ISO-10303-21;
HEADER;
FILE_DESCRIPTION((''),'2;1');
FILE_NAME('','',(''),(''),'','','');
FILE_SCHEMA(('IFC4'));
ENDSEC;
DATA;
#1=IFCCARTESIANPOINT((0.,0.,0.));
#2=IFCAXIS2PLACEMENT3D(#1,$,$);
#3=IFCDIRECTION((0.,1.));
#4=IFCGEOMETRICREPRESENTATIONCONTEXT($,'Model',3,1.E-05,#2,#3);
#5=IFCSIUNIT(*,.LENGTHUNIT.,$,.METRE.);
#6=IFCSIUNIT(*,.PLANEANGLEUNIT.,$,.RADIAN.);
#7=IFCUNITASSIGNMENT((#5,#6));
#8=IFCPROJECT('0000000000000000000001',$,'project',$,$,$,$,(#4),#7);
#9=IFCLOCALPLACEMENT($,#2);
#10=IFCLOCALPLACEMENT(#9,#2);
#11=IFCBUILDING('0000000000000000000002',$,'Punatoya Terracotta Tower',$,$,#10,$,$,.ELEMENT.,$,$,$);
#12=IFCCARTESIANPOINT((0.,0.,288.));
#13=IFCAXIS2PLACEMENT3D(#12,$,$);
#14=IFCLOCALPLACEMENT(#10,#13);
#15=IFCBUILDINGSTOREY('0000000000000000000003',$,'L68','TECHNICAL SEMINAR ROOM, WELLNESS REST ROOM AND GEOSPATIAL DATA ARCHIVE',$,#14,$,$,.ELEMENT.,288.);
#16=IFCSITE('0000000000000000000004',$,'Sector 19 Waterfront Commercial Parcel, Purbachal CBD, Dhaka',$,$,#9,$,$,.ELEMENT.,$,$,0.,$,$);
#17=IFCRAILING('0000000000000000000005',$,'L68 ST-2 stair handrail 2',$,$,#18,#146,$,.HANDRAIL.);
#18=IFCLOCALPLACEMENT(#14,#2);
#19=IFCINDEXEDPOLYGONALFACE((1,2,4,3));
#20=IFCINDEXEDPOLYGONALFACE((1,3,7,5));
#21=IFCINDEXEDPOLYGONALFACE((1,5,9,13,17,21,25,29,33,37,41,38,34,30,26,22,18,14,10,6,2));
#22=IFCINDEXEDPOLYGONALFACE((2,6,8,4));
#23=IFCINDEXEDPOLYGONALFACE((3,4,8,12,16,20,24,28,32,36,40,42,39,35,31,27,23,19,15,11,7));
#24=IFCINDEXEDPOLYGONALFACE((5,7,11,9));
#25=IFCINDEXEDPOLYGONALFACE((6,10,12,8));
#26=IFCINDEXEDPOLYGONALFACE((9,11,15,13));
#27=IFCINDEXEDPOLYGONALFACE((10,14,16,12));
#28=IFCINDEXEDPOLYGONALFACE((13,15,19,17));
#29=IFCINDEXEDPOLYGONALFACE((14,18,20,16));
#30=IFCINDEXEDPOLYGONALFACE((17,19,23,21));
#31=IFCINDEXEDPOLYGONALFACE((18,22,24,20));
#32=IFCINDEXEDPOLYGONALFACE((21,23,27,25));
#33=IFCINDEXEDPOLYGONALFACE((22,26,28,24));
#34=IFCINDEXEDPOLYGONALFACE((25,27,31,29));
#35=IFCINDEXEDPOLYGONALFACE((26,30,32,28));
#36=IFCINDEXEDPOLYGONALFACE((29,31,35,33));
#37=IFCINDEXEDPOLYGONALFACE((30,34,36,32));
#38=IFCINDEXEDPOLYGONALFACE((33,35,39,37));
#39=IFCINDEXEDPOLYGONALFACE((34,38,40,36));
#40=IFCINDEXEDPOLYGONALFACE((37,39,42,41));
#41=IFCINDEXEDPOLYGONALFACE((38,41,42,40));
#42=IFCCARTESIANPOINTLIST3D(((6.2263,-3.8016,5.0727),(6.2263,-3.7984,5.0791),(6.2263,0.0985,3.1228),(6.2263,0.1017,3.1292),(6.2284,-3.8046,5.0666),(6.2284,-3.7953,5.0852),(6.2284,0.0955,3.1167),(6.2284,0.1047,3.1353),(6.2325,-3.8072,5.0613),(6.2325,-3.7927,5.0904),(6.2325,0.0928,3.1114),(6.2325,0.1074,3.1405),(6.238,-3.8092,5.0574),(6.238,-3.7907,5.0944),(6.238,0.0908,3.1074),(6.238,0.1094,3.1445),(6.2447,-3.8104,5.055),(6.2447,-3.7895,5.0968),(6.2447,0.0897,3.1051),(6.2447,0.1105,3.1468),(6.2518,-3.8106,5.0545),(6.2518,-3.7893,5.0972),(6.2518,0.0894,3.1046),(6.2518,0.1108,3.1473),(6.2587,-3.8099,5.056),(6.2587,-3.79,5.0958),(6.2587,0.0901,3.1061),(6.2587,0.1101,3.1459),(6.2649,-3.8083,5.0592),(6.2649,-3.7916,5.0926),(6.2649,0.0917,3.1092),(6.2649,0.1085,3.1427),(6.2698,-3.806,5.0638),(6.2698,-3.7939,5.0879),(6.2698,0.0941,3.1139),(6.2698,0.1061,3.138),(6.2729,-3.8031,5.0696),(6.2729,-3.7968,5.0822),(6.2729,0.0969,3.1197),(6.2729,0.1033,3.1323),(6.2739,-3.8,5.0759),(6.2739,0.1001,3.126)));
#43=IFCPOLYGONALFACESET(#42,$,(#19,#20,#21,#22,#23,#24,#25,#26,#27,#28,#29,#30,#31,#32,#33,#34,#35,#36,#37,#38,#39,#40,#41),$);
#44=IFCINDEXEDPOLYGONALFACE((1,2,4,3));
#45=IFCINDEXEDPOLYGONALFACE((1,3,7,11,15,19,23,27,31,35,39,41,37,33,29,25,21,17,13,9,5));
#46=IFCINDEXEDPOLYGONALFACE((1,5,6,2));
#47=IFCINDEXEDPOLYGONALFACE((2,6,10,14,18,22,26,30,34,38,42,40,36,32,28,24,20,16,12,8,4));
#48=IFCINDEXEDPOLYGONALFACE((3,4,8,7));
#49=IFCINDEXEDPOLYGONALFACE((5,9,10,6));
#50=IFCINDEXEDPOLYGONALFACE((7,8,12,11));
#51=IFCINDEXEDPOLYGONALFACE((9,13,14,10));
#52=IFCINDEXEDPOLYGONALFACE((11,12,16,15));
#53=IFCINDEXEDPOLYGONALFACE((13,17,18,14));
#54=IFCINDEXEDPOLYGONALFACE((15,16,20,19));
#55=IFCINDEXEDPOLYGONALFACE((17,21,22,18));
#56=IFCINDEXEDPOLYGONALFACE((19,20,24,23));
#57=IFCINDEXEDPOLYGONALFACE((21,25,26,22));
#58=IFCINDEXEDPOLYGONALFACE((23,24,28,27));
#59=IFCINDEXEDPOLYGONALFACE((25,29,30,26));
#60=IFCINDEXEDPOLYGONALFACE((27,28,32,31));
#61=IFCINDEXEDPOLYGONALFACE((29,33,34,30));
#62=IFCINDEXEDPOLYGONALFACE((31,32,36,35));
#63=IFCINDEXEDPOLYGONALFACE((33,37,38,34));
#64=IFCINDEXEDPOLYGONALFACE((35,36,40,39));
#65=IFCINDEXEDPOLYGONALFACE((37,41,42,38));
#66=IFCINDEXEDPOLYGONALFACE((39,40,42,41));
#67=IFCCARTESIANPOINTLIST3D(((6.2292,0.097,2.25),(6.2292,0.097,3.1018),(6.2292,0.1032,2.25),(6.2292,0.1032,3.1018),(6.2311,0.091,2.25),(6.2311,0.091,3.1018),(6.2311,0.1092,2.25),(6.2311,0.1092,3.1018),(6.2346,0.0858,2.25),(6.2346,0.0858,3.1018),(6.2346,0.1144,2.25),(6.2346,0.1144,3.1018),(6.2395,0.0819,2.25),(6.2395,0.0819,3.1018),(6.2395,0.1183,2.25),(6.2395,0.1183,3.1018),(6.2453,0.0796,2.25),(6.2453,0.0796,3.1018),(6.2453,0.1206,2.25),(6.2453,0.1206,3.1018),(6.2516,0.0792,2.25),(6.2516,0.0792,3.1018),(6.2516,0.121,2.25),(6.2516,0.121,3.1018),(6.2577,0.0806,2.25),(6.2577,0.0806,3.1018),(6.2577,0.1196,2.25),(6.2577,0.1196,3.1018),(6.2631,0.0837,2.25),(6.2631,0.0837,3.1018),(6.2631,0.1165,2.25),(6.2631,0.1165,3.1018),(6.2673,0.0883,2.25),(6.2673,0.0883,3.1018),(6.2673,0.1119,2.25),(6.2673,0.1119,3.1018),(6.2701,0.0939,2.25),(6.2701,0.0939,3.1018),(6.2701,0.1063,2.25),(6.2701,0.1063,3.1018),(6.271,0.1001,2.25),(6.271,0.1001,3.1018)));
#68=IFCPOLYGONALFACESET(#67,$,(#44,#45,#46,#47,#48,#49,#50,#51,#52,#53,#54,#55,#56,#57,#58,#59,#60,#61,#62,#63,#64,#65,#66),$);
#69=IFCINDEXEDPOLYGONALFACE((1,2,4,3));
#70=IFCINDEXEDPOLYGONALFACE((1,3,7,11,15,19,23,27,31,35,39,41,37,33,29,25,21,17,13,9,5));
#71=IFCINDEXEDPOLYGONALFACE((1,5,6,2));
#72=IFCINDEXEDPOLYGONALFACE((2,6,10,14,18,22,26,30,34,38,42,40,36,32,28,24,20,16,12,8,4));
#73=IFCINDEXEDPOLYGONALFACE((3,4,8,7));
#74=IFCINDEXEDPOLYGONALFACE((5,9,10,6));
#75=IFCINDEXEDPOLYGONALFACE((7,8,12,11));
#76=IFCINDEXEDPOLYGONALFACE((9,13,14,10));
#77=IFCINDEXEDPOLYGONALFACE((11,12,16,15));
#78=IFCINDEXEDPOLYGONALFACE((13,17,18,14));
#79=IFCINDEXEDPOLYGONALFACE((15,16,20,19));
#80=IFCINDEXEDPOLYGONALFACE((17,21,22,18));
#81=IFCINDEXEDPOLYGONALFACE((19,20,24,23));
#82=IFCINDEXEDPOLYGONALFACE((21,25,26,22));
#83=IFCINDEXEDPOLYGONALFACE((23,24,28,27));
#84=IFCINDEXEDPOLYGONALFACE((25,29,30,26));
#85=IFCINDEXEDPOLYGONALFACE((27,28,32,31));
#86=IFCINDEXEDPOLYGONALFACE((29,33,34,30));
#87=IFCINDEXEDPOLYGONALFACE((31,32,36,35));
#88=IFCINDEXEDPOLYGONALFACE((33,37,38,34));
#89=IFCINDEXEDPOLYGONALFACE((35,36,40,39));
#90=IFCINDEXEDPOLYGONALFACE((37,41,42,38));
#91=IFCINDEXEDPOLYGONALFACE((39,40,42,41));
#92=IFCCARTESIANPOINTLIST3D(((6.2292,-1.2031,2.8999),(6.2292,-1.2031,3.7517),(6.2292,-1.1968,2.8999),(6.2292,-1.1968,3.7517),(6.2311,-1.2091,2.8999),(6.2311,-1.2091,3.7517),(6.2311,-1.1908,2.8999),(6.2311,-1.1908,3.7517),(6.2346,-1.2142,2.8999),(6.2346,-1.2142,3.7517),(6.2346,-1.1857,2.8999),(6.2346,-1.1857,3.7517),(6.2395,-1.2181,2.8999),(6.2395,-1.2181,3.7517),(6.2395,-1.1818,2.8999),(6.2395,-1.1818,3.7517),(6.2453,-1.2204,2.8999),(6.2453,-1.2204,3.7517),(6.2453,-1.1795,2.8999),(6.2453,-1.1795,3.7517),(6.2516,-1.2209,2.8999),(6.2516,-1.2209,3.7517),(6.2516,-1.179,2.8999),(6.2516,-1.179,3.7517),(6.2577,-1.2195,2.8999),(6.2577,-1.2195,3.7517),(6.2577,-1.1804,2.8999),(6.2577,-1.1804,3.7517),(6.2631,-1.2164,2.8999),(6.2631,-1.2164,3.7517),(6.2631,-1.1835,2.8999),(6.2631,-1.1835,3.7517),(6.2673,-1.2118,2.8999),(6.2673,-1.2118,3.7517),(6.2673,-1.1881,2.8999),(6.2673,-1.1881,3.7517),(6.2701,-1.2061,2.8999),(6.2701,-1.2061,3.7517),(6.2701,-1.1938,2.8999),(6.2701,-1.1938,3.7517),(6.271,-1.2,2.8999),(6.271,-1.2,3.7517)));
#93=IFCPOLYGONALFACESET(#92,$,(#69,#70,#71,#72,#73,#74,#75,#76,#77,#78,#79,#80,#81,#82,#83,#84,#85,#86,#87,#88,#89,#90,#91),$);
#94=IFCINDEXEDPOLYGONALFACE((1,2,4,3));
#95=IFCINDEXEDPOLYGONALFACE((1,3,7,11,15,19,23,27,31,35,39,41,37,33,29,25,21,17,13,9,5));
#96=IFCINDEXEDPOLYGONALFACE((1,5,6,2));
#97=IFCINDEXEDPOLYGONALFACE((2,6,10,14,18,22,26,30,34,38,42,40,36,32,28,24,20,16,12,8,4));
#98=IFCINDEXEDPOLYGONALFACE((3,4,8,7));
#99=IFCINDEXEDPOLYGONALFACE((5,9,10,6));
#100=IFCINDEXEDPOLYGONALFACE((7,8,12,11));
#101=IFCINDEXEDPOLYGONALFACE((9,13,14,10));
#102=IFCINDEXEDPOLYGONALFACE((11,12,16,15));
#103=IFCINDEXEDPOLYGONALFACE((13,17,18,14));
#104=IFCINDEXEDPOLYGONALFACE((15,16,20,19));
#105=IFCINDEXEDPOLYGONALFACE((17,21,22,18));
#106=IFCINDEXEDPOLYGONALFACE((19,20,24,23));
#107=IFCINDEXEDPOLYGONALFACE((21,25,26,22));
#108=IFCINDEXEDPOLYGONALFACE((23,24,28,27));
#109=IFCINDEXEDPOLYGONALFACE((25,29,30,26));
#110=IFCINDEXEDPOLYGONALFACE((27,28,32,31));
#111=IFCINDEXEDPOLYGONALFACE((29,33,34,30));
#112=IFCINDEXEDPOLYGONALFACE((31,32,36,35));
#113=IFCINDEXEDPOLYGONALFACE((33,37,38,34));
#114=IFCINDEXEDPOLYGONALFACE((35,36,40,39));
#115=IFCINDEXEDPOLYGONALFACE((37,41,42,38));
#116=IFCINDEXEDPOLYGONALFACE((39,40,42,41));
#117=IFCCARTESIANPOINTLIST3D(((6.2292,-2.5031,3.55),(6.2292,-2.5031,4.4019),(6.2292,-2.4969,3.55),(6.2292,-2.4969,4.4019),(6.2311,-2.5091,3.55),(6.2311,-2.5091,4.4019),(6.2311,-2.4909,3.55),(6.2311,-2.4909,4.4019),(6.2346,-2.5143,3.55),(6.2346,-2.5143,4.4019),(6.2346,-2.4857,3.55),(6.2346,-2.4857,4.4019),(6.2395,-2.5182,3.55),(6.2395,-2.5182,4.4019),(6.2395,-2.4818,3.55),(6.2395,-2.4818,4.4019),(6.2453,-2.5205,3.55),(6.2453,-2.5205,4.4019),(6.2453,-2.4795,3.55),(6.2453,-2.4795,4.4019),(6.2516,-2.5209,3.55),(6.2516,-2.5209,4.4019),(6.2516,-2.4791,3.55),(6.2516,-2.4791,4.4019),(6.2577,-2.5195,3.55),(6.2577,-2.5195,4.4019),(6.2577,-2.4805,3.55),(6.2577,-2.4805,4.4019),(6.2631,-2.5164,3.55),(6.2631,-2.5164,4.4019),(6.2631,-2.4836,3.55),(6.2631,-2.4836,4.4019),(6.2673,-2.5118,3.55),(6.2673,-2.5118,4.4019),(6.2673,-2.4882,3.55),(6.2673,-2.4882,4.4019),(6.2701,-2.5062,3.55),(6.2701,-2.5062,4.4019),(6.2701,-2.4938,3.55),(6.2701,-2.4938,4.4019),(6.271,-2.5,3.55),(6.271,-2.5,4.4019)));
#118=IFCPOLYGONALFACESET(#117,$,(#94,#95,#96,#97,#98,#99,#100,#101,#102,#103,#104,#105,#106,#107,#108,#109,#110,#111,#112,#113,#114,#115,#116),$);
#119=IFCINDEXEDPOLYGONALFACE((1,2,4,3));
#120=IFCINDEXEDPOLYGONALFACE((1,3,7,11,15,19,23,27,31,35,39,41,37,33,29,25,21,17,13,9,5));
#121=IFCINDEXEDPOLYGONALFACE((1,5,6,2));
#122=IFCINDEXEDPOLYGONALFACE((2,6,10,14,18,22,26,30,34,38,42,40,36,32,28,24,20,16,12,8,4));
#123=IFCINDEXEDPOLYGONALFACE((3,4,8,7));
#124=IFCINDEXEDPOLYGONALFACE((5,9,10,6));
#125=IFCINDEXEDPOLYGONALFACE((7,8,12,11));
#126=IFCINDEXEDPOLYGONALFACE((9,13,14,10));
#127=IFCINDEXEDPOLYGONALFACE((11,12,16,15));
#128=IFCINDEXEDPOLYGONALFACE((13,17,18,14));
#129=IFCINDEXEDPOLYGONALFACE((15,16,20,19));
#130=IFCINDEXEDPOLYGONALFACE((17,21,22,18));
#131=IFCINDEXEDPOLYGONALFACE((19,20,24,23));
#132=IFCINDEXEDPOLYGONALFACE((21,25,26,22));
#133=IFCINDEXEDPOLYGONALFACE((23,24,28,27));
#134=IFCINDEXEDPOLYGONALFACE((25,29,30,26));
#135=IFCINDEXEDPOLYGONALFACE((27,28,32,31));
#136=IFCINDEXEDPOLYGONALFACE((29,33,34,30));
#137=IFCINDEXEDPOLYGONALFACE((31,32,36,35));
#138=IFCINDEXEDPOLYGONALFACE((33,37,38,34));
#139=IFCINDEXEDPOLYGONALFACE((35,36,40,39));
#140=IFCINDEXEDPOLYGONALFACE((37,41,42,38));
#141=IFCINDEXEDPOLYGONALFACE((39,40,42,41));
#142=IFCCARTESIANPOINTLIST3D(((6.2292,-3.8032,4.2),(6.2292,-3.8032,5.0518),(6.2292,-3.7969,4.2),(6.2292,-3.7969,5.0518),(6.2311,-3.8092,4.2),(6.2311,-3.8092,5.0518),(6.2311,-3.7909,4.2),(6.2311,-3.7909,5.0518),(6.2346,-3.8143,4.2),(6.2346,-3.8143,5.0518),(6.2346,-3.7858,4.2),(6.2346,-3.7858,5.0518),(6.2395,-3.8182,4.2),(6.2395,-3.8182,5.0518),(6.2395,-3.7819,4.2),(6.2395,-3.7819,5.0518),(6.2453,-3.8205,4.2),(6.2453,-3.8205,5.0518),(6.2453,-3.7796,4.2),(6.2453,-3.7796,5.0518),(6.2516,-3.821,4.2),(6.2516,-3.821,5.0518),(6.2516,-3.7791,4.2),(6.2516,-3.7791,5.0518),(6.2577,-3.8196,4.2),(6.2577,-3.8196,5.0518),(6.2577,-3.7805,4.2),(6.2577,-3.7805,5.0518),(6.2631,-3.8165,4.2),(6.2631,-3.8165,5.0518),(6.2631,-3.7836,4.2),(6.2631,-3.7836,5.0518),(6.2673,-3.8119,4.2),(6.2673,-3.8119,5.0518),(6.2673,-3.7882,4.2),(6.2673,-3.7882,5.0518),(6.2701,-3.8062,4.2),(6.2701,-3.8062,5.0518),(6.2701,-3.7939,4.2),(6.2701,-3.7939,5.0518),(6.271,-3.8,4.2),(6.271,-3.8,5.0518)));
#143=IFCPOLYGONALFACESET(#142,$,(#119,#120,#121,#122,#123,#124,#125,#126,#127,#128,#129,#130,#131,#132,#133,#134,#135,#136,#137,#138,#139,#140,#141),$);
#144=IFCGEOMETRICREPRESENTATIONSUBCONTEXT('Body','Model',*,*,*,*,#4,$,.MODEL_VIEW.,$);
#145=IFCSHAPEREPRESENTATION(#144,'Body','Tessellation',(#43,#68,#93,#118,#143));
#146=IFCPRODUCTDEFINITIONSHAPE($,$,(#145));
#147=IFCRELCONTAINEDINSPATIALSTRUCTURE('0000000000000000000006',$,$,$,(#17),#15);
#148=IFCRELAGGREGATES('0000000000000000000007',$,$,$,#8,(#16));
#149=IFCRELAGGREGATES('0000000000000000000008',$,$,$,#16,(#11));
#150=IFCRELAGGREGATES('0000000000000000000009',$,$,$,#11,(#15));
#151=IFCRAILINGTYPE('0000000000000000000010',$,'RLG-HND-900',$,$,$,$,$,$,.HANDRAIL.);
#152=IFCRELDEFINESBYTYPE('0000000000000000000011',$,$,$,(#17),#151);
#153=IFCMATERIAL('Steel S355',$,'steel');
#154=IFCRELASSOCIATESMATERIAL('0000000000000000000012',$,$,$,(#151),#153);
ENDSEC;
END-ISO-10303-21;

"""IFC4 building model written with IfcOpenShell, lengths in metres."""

from ifc_helpers import new_model, si_unit, direction, frame, origin, origin_2d, place, context, subcontext, project, spatial, circle, extrude, material, type_object, element, save


model = new_model("IFC4")

# Units and contexts
model_context = context("Model", 3, precision=1e-05, world=origin(), true_north=direction((0.0, 1.0)))
body_context = subcontext(model_context, "Body", "Model", "MODEL_VIEW")
ifc_project = project(units=[si_unit("LENGTHUNIT", "METRE"), si_unit("PLANEANGLEUNIT", "RADIAN")], contexts=[model_context])

# Site, building, storey
site_placement = place(None, origin())
site = spatial("IfcSite", under=ifc_project, at=site_placement, Name="Sector 19 Waterfront Commercial Parcel, Purbachal CBD, Dhaka", CompositionType="ELEMENT", RefElevation=0.0)
building_placement = place(site_placement, origin())
building = spatial("IfcBuilding", under=site, at=building_placement, Name="Punatoya Terracotta Tower", CompositionType="ELEMENT")
storey_placement = place(building_placement, frame((0.0, 0.0, 288.0)))
storey = spatial("IfcBuildingStorey", under=building, at=storey_placement, Name="L68", Description="TECHNICAL SEMINAR ROOM, WELLNESS REST ROOM AND GEOSPATIAL DATA ARCHIVE", CompositionType="ELEMENT", Elevation=288.0)

# Shared definitions
ifc_material_1 = material(Name="Steel S355", Category="steel")

# Railing
railing_type_1 = type_object("IfcRailingType", Name="RLG-HND-900", PredefinedType="HANDRAIL", material=ifc_material_1)
railing_1_placement = place(storey_placement, frame((6.25, 0.1001, 2.25)))
element("IfcRailing", 1, at=railing_1_placement, inside=storey, type_object=railing_type_1, Name="L68 ST-2 stair handrail 2", PredefinedType="HANDRAIL", context=body_context, shape_type="SweptSolid", body=[
    extrude(circle(Radius=0.0239, at=origin_2d()), frame((0.0, 0.0, 0.876), z_axis=(0.0, -0.894438, 0.447191), x_axis=(1.0, 0.0, 0.0)), (0.0, 0.0, 1.0), 4.3604),
    extrude(circle(Radius=0.021, at=origin_2d()), origin(), (0.0, 0.0, 1.0), 0.8518),
    extrude(circle(Radius=0.021, at=origin_2d()), frame((0.0, -1.3, 0.6499)), (0.0, 0.0, 1.0), 0.8518),
    extrude(circle(Radius=0.021, at=origin_2d()), frame((0.0, -2.6001, 1.3)), (0.0, 0.0, 1.0), 0.8518),
    extrude(circle(Radius=0.021, at=origin_2d()), frame((0.0, -3.9001, 1.95)), (0.0, 0.0, 1.0), 0.8518),
])

save(model, "model.ifc")
